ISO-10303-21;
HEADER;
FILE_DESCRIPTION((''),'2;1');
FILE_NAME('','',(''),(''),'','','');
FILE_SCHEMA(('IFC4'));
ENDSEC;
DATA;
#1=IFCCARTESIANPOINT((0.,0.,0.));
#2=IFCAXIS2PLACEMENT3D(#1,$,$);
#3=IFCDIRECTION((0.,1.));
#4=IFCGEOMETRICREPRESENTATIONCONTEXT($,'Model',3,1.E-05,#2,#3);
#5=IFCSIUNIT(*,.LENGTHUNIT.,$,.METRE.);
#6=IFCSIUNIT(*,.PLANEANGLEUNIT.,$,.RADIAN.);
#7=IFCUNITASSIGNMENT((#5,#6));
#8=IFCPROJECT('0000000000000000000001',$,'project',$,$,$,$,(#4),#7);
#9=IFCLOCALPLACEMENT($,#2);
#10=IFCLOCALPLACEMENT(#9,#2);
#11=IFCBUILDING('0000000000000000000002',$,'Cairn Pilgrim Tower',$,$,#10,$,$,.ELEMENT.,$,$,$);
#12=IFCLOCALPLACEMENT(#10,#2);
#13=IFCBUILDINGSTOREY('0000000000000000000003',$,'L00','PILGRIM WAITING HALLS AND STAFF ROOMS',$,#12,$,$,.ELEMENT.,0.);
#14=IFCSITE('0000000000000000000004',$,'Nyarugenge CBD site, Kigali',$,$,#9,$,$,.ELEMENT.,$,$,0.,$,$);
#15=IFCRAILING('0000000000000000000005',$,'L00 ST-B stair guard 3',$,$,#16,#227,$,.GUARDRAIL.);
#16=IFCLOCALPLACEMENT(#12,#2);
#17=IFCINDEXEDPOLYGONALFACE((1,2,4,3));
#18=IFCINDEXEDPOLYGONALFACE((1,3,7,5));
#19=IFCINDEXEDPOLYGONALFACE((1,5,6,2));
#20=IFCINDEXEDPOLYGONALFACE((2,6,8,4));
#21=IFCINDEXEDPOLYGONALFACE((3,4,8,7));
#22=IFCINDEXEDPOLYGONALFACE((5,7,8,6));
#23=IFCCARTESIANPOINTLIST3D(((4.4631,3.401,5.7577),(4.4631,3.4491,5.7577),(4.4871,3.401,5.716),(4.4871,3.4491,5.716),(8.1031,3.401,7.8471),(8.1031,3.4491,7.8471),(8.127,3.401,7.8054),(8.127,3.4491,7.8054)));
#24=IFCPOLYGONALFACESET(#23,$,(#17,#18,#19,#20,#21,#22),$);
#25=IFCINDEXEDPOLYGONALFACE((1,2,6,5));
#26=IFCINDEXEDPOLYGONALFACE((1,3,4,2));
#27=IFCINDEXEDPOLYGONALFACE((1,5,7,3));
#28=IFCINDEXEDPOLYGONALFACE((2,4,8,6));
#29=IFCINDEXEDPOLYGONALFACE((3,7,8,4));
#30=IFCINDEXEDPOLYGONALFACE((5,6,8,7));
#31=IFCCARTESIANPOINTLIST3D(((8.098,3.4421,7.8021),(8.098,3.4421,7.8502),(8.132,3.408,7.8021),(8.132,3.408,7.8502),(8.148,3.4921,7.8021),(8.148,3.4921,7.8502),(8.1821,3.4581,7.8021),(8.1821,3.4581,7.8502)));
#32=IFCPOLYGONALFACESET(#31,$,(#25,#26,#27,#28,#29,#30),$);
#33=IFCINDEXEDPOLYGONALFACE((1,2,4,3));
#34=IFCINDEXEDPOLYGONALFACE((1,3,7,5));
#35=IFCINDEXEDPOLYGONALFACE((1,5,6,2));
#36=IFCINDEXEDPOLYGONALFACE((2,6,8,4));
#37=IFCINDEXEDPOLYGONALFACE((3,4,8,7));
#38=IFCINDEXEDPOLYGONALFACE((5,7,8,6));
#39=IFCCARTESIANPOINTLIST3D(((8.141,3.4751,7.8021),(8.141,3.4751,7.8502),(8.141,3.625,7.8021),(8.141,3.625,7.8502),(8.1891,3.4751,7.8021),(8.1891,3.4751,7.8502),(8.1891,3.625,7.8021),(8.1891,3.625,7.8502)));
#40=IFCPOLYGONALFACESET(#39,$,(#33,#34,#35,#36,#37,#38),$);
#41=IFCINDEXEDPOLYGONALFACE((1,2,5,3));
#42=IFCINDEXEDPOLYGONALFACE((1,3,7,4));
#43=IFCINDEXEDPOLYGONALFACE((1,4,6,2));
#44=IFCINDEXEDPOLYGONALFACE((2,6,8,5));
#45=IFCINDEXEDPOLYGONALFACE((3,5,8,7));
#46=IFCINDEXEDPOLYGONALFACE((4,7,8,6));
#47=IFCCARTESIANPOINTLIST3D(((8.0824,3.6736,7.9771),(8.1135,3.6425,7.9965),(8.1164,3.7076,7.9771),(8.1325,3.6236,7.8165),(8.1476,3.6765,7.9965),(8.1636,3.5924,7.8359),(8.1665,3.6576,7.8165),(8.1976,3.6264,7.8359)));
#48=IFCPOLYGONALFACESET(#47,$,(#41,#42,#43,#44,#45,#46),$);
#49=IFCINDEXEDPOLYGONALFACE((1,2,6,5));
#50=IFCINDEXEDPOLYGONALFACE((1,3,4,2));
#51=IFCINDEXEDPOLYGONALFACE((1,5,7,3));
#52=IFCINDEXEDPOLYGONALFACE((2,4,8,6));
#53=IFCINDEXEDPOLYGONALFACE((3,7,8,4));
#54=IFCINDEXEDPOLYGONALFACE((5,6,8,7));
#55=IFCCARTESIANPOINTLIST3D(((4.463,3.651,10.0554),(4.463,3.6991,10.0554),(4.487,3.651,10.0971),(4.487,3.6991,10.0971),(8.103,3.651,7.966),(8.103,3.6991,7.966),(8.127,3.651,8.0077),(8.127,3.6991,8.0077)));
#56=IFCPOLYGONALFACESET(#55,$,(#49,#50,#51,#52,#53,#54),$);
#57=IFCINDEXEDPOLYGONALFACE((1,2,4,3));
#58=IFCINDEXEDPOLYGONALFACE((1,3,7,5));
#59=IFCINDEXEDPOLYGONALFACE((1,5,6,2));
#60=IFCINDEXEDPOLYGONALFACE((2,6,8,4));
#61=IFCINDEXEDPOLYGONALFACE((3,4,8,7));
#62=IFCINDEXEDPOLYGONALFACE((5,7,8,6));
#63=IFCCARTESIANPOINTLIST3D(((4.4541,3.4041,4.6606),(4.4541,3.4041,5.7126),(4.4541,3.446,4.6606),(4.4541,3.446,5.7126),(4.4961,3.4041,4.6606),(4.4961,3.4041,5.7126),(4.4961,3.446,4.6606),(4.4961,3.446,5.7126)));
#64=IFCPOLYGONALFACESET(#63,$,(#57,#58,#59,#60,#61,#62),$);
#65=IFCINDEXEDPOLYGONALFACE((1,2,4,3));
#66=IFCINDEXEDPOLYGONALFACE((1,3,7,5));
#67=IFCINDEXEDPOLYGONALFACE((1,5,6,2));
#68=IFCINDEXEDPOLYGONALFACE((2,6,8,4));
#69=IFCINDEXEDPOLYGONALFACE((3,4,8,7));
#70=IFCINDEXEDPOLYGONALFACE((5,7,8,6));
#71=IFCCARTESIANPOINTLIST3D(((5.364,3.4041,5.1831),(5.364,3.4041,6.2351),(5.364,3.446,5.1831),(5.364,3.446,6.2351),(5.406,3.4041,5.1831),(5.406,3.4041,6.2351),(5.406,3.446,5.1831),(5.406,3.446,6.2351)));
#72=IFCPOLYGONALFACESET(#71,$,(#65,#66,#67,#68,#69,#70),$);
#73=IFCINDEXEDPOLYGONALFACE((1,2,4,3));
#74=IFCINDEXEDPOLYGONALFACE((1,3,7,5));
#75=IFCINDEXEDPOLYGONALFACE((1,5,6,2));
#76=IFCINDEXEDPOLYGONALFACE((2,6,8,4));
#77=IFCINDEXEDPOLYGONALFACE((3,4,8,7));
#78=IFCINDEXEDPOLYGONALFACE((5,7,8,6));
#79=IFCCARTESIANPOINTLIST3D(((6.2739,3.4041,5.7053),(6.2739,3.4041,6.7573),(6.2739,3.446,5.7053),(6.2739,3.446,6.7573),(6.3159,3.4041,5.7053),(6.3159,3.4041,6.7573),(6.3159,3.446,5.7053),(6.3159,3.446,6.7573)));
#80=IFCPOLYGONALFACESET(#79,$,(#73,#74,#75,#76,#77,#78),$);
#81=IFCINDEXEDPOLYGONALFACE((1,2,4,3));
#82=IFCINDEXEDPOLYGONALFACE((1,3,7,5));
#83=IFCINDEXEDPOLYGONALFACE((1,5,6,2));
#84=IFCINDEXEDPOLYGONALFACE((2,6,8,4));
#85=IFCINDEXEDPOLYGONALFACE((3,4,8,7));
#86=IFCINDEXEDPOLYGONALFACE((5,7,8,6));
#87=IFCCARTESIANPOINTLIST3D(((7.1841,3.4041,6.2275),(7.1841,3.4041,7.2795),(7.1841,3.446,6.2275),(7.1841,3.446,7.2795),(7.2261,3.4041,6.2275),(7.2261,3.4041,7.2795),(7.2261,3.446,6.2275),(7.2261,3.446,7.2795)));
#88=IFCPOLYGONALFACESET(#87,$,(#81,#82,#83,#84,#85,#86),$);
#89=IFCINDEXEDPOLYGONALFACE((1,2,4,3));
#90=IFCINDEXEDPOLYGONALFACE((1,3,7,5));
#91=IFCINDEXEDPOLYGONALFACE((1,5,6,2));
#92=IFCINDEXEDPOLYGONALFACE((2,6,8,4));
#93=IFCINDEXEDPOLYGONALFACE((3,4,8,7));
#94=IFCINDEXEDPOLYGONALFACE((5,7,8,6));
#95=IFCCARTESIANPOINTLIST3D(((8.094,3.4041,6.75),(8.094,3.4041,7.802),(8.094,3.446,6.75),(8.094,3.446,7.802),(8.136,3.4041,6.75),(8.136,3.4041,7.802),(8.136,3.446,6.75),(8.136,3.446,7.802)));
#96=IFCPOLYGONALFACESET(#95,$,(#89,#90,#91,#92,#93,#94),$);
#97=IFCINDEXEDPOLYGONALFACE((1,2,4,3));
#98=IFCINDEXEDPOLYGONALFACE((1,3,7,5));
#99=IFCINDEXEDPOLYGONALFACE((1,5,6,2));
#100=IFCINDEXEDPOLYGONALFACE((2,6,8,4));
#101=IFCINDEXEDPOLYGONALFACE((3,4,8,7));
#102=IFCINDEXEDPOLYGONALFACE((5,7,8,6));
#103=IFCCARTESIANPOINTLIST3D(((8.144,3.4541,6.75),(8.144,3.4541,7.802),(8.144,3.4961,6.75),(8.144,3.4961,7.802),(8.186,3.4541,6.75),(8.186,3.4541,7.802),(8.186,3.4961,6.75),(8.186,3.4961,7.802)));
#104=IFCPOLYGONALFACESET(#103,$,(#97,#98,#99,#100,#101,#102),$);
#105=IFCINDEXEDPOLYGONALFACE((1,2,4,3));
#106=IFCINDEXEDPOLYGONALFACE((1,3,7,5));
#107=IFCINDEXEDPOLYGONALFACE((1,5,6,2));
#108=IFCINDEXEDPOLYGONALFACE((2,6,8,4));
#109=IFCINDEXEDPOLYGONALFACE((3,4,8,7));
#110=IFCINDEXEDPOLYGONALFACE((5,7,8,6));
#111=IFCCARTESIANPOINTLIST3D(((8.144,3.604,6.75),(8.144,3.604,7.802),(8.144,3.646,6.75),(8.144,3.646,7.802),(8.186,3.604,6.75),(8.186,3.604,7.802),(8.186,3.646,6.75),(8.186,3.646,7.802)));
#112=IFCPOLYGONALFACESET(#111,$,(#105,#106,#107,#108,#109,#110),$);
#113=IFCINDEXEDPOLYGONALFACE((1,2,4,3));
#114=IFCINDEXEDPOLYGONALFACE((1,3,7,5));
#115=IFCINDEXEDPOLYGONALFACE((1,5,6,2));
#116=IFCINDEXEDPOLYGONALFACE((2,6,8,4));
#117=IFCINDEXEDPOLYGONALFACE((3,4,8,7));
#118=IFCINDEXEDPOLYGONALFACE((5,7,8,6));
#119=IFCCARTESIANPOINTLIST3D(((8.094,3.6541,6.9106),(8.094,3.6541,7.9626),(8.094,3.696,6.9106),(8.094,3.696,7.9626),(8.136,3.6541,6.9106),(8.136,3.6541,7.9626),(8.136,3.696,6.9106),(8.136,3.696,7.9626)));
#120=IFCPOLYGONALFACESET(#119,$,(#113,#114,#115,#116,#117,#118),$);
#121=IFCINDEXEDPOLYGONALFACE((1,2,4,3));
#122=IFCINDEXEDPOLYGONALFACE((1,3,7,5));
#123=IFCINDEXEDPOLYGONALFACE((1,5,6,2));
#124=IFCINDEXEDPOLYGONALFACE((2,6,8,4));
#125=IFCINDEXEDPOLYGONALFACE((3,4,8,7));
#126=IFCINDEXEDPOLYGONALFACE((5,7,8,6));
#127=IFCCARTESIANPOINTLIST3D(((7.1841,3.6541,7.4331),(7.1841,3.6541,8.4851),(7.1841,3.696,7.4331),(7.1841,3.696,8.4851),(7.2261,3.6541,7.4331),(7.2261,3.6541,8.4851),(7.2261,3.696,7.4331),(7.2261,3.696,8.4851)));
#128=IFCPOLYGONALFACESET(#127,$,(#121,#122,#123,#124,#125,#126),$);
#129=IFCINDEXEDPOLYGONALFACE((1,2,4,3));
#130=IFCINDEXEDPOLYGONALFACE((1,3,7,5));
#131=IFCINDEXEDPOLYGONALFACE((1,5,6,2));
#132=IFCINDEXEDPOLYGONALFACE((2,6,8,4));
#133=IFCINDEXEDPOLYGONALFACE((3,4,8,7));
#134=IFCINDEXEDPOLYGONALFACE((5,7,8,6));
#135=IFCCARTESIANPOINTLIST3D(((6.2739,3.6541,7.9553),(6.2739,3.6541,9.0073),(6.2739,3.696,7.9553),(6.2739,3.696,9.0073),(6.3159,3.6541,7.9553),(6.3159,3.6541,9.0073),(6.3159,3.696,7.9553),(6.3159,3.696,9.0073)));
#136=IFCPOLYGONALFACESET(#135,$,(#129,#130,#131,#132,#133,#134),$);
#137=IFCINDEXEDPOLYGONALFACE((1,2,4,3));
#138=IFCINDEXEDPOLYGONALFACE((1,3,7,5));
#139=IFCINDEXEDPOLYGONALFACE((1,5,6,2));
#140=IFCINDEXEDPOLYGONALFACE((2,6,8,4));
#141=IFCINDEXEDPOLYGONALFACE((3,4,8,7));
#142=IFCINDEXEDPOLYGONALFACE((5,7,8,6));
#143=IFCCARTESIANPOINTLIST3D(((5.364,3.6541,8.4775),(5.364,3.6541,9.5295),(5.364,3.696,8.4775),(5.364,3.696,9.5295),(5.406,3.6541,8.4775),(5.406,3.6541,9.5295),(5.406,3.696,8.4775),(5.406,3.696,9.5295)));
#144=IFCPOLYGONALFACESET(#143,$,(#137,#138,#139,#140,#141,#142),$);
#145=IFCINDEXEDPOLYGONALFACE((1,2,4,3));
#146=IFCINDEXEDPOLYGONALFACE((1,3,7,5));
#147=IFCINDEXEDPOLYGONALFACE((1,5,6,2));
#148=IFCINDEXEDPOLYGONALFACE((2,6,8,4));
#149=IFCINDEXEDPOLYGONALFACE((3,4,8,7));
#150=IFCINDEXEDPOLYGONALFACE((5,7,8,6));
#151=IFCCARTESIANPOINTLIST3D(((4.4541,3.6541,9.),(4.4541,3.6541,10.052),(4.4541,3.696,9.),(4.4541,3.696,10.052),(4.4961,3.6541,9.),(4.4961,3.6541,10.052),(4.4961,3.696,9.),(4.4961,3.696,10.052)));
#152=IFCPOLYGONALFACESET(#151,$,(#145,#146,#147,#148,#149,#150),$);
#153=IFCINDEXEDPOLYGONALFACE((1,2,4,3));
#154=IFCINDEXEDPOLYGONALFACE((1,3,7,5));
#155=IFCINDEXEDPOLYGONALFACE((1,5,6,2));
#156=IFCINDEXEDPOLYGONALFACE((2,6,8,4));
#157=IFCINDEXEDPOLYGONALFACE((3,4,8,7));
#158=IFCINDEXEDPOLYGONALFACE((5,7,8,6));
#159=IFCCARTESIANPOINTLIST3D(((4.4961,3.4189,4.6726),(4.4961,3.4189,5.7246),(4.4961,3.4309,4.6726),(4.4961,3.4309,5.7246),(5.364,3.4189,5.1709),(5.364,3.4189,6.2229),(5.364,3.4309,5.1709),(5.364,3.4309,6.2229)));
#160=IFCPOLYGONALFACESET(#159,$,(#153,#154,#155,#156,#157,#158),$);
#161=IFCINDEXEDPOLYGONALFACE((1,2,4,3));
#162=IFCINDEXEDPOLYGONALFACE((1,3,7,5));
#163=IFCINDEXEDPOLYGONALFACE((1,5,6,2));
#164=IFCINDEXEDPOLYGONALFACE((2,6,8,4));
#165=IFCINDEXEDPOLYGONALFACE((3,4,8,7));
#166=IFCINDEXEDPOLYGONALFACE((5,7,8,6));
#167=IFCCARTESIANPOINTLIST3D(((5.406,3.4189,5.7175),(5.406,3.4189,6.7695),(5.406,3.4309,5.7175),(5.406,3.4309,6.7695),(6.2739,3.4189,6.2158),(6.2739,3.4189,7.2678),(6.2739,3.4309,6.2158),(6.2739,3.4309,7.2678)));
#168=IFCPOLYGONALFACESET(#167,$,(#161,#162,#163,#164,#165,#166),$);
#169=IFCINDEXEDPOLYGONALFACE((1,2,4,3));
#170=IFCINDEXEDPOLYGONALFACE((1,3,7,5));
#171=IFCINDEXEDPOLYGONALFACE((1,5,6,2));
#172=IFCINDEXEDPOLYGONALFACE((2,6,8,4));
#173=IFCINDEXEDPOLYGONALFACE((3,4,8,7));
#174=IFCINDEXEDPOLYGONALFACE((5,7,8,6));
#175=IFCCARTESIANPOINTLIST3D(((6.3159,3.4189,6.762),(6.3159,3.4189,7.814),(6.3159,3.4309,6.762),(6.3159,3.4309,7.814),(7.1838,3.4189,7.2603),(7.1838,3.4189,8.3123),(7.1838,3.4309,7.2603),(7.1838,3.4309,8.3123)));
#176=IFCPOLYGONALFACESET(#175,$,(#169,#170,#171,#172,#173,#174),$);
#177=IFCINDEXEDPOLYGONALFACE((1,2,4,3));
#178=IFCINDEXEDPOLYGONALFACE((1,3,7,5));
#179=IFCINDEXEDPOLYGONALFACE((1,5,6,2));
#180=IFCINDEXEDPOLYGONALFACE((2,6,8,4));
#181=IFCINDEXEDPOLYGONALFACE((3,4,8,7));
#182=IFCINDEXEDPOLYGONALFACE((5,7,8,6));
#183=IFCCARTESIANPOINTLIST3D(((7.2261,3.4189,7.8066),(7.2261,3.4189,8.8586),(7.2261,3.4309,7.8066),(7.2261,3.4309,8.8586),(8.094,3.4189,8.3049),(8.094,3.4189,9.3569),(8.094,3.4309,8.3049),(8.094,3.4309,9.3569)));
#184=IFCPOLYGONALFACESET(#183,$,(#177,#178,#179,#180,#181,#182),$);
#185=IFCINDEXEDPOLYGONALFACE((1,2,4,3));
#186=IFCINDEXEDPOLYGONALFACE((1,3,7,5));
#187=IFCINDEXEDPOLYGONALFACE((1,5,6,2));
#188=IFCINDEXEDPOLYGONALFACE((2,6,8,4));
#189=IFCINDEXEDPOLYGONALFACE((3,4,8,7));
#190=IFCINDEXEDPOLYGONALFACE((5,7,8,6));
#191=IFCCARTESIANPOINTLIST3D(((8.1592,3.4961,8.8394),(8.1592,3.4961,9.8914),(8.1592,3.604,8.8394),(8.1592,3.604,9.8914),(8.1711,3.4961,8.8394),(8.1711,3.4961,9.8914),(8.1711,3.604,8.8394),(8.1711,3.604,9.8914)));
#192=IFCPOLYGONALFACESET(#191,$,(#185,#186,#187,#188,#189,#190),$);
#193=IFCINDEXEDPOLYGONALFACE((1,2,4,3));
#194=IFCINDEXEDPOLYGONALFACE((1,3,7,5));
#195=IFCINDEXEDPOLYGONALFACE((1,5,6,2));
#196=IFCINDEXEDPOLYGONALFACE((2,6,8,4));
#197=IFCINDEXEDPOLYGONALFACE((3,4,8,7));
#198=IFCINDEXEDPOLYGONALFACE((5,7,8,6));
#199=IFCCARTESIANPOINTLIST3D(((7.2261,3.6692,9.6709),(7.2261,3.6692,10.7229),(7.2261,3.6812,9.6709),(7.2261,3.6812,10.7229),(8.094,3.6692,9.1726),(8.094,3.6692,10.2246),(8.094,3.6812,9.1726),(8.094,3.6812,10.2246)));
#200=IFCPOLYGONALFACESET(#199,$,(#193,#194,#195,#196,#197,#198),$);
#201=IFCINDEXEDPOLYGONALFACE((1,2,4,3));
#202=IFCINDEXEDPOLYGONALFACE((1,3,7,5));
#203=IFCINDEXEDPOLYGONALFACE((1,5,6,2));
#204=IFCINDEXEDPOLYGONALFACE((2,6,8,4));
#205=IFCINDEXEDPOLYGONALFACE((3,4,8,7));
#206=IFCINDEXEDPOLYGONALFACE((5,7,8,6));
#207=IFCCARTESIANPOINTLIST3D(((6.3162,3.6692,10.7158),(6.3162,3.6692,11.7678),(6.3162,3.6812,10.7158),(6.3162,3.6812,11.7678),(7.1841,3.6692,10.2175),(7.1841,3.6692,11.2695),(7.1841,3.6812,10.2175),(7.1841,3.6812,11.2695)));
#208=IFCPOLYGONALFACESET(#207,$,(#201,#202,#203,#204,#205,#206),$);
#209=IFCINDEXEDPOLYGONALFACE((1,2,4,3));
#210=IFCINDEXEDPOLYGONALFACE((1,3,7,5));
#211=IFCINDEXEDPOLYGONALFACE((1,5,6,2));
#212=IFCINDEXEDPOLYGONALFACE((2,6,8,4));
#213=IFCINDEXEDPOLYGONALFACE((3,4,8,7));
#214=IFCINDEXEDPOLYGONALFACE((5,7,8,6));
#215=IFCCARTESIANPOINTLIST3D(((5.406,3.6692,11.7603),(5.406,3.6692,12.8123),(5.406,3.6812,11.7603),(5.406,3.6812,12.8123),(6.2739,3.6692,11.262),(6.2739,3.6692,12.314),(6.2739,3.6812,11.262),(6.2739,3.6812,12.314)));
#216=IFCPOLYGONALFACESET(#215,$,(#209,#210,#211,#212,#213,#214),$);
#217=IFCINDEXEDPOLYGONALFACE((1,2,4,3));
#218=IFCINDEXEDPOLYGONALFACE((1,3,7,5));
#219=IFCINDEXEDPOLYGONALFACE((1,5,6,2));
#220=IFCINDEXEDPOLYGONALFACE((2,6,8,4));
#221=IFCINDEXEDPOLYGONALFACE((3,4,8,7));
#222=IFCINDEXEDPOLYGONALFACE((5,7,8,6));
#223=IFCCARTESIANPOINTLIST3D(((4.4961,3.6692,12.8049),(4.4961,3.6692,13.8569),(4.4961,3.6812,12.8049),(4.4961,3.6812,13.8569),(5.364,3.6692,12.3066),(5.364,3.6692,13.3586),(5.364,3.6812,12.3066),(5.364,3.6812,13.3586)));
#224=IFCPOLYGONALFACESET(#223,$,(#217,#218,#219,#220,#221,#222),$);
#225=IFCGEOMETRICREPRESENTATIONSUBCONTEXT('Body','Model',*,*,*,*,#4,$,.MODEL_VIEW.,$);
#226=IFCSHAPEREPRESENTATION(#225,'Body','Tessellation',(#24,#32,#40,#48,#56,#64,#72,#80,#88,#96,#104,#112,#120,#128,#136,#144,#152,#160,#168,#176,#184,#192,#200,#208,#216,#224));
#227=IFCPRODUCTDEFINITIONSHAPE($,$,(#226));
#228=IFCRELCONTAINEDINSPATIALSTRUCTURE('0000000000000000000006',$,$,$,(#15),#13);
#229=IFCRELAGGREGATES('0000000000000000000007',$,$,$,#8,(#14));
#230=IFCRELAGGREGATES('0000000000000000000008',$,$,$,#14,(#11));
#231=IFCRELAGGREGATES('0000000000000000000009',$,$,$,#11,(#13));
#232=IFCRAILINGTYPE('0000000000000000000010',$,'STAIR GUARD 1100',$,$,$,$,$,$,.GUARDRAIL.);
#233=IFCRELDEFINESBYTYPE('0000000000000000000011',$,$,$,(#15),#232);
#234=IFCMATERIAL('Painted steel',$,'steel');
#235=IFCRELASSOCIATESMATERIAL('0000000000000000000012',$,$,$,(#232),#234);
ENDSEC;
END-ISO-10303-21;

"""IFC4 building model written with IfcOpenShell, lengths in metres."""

from ifc_helpers import new_model, si_unit, direction, frame, origin, origin_2d, place, context, subcontext, project, spatial, polyline, rectangle, outline, extrude, material, type_object, element, save


model = new_model("IFC4")

# Units and contexts
model_context = context("Model", 3, precision=1e-05, world=origin(), true_north=direction((0.0, 1.0)))
body_context = subcontext(model_context, "Body", "Model", "MODEL_VIEW")
ifc_project = project(units=[si_unit("LENGTHUNIT", "METRE"), si_unit("PLANEANGLEUNIT", "RADIAN")], contexts=[model_context])

# Site, building, storey
site_placement = place(None, origin())
site = spatial("IfcSite", under=ifc_project, at=site_placement, Name="Nyarugenge CBD site, Kigali", CompositionType="ELEMENT", RefElevation=0.0)
building_placement = place(site_placement, origin())
building = spatial("IfcBuilding", under=site, at=building_placement, Name="Cairn Pilgrim Tower", CompositionType="ELEMENT")
storey_placement = place(building_placement, origin())
storey = spatial("IfcBuildingStorey", under=building, at=storey_placement, Name="L00", Description="PILGRIM WAITING HALLS AND STAFF ROOMS", CompositionType="ELEMENT", Elevation=0.0)

# Shared definitions
ifc_material_1 = material(Name="Painted steel", Category="steel")

# Railing
railing_type_1 = type_object("IfcRailingType", Name="STAIR GUARD 1100", PredefinedType="GUARDRAIL", material=ifc_material_1)
railing_1_placement = place(storey_placement, frame((4.4751, 3.425, 4.6606)))
element("IfcRailing", 1, at=railing_1_placement, inside=storey, type_object=railing_type_1, Name="L00 ST-B stair guard 3", PredefinedType="GUARDRAIL", context=body_context, shape_type="SweptSolid", body=[
    extrude(rectangle(XDim=0.0481, YDim=0.0481, at=origin_2d()), frame((0.0, 0.0, 1.0762), z_axis=(0.867275, 0.0, 0.497829), x_axis=(0.0, 1.0, 0.0)), (0.0, 0.0, 1.0), 4.197),
    extrude(rectangle(XDim=0.0481, YDim=0.0481, at=origin_2d()), frame((3.6399, 0.0, 3.1655), z_axis=(0.707107, 0.707107, 0.0), x_axis=(-0.707107, 0.707107, 0.0)), (0.0, 0.0, 1.0), 0.0708),
    extrude(rectangle(XDim=0.0481, YDim=0.0481, at=origin_2d()), frame((3.6899, 0.05, 3.1655), z_axis=(0.0, 1.0, 0.0), x_axis=(-1.0, 0.0, 0.0)), (0.0, 0.0, 1.0), 0.1499),
    extrude(rectangle(XDim=0.0481, YDim=0.0481, at=origin_2d()), frame((3.6899, 0.2, 3.1655), z_axis=(-0.285104, 0.285104, 0.915113), x_axis=(-0.707107, -0.707107, 0.0)), (0.0, 0.0, 1.0), 0.1755),
    extrude(rectangle(XDim=0.0481, YDim=0.0481, at=origin_2d()), frame((3.6399, 0.25, 3.3262), z_axis=(-0.867275, 0.0, 0.497829), x_axis=(0.0, -1.0, 0.0)), (0.0, 0.0, 1.0), 4.197),
    extrude(rectangle(XDim=0.042, YDim=0.042, at=origin_2d()), origin(), (0.0, 0.0, 1.0), 1.052),
    extrude(rectangle(XDim=0.042, YDim=0.042, at=origin_2d()), frame((0.9099, 0.0, 0.5225)), (0.0, 0.0, 1.0), 1.052),
    extrude(rectangle(XDim=0.042, YDim=0.042, at=origin_2d()), frame((1.8198, 0.0, 1.0447)), (0.0, 0.0, 1.0), 1.052),
    extrude(rectangle(XDim=0.042, YDim=0.042, at=origin_2d()), frame((2.73, 0.0, 1.5669)), (0.0, 0.0, 1.0), 1.052),
    extrude(rectangle(XDim=0.042, YDim=0.042, at=origin_2d()), frame((3.6399, 0.0, 2.0894)), (0.0, 0.0, 1.0), 1.052),
    extrude(rectangle(XDim=0.042, YDim=0.042, at=origin_2d()), frame((3.6899, 0.05, 2.0894)), (0.0, 0.0, 1.0), 1.052),
    extrude(rectangle(XDim=0.042, YDim=0.042, at=origin_2d()), frame((3.6899, 0.2, 2.0894)), (0.0, 0.0, 1.0), 1.052),
    extrude(rectangle(XDim=0.042, YDim=0.042, at=origin_2d()), frame((3.6399, 0.25, 2.25)), (0.0, 0.0, 1.0), 1.052),
    extrude(rectangle(XDim=0.042, YDim=0.042, at=origin_2d()), frame((2.73, 0.25, 2.7725)), (0.0, 0.0, 1.0), 1.052),
    extrude(rectangle(XDim=0.042, YDim=0.042, at=origin_2d()), frame((1.8198, 0.25, 3.2947)), (0.0, 0.0, 1.0), 1.052),
    extrude(rectangle(XDim=0.042, YDim=0.042, at=origin_2d()), frame((0.9099, 0.25, 3.8169)), (0.0, 0.0, 1.0), 1.052),
    extrude(rectangle(XDim=0.042, YDim=0.042, at=origin_2d()), frame((0.0, 0.25, 4.3394)), (0.0, 0.0, 1.0), 1.052),
    extrude(outline(polyline([(0.021, 0.012), (0.8889, 0.5103), (0.8889, 1.5623), (0.021, 1.064), (0.021, 0.012)])), frame((0.0, 0.0059, 0.0), z_axis=(0.0, -1.0, 0.0), x_axis=(1.0, 0.0, 0.0)), (0.0, 0.0, 1.0), 0.012),
    extrude(outline(polyline([(0.021, 0.5344), (0.8889, 1.0327), (0.8889, 2.0847), (0.021, 1.5864), (0.021, 0.5344)])), frame((0.9099, 0.0059, 0.5225), z_axis=(0.0, -1.0, 0.0), x_axis=(1.0, 0.0, 0.0)), (0.0, 0.0, 1.0), 0.012),
    extrude(outline(polyline([(0.021, 1.0566), (0.8889, 1.5549), (0.8889, 2.6069), (0.021, 2.1086), (0.021, 1.0566)])), frame((1.8198, 0.0059, 1.0447), z_axis=(0.0, -1.0, 0.0), x_axis=(1.0, 0.0, 0.0)), (0.0, 0.0, 1.0), 0.012),
    extrude(outline(polyline([(0.021, 1.5791), (0.8889, 2.0774), (0.8889, 3.1294), (0.021, 2.6311), (0.021, 1.5791)])), frame((2.73, 0.0059, 1.5669), z_axis=(0.0, -1.0, 0.0), x_axis=(1.0, 0.0, 0.0)), (0.0, 0.0, 1.0), 0.012),
    extrude(outline(polyline([(0.021, 2.0894), (0.1289, 2.0894), (0.1289, 3.1414), (0.021, 3.1414), (0.021, 2.0894)])), frame((3.6841, 0.05, 2.0894), z_axis=(1.0, 0.0, 0.0), x_axis=(0.0, 1.0, 0.0)), (0.0, 0.0, 1.0), 0.012),
    extrude(outline(polyline([(0.021, 2.262), (0.8889, 2.7603), (0.8889, 3.8123), (0.021, 3.314), (0.021, 2.262)])), frame((3.6399, 0.2441, 2.25), z_axis=(0.0, 1.0, 0.0), x_axis=(-1.0, 0.0, 0.0)), (0.0, 0.0, 1.0), 0.012),
    extrude(outline(polyline([(0.021, 2.7844), (0.8889, 3.2827), (0.8889, 4.3347), (0.021, 3.8364), (0.021, 2.7844)])), frame((2.73, 0.2441, 2.7725), z_axis=(0.0, 1.0, 0.0), x_axis=(-1.0, 0.0, 0.0)), (0.0, 0.0, 1.0), 0.012),
    extrude(outline(polyline([(0.021, 3.3066), (0.8889, 3.8049), (0.8889, 4.8569), (0.021, 4.3586), (0.021, 3.3066)])), frame((1.8198, 0.2441, 3.2947), z_axis=(0.0, 1.0, 0.0), x_axis=(-1.0, 0.0, 0.0)), (0.0, 0.0, 1.0), 0.012),
    extrude(outline(polyline([(0.021, 3.8291), (0.8889, 4.3274), (0.8889, 5.3794), (0.021, 4.8811), (0.021, 3.8291)])), frame((0.9099, 0.2441, 3.8169), z_axis=(0.0, 1.0, 0.0), x_axis=(-1.0, 0.0, 0.0)), (0.0, 0.0, 1.0), 0.012),
])

save(model, "model.ifc")
